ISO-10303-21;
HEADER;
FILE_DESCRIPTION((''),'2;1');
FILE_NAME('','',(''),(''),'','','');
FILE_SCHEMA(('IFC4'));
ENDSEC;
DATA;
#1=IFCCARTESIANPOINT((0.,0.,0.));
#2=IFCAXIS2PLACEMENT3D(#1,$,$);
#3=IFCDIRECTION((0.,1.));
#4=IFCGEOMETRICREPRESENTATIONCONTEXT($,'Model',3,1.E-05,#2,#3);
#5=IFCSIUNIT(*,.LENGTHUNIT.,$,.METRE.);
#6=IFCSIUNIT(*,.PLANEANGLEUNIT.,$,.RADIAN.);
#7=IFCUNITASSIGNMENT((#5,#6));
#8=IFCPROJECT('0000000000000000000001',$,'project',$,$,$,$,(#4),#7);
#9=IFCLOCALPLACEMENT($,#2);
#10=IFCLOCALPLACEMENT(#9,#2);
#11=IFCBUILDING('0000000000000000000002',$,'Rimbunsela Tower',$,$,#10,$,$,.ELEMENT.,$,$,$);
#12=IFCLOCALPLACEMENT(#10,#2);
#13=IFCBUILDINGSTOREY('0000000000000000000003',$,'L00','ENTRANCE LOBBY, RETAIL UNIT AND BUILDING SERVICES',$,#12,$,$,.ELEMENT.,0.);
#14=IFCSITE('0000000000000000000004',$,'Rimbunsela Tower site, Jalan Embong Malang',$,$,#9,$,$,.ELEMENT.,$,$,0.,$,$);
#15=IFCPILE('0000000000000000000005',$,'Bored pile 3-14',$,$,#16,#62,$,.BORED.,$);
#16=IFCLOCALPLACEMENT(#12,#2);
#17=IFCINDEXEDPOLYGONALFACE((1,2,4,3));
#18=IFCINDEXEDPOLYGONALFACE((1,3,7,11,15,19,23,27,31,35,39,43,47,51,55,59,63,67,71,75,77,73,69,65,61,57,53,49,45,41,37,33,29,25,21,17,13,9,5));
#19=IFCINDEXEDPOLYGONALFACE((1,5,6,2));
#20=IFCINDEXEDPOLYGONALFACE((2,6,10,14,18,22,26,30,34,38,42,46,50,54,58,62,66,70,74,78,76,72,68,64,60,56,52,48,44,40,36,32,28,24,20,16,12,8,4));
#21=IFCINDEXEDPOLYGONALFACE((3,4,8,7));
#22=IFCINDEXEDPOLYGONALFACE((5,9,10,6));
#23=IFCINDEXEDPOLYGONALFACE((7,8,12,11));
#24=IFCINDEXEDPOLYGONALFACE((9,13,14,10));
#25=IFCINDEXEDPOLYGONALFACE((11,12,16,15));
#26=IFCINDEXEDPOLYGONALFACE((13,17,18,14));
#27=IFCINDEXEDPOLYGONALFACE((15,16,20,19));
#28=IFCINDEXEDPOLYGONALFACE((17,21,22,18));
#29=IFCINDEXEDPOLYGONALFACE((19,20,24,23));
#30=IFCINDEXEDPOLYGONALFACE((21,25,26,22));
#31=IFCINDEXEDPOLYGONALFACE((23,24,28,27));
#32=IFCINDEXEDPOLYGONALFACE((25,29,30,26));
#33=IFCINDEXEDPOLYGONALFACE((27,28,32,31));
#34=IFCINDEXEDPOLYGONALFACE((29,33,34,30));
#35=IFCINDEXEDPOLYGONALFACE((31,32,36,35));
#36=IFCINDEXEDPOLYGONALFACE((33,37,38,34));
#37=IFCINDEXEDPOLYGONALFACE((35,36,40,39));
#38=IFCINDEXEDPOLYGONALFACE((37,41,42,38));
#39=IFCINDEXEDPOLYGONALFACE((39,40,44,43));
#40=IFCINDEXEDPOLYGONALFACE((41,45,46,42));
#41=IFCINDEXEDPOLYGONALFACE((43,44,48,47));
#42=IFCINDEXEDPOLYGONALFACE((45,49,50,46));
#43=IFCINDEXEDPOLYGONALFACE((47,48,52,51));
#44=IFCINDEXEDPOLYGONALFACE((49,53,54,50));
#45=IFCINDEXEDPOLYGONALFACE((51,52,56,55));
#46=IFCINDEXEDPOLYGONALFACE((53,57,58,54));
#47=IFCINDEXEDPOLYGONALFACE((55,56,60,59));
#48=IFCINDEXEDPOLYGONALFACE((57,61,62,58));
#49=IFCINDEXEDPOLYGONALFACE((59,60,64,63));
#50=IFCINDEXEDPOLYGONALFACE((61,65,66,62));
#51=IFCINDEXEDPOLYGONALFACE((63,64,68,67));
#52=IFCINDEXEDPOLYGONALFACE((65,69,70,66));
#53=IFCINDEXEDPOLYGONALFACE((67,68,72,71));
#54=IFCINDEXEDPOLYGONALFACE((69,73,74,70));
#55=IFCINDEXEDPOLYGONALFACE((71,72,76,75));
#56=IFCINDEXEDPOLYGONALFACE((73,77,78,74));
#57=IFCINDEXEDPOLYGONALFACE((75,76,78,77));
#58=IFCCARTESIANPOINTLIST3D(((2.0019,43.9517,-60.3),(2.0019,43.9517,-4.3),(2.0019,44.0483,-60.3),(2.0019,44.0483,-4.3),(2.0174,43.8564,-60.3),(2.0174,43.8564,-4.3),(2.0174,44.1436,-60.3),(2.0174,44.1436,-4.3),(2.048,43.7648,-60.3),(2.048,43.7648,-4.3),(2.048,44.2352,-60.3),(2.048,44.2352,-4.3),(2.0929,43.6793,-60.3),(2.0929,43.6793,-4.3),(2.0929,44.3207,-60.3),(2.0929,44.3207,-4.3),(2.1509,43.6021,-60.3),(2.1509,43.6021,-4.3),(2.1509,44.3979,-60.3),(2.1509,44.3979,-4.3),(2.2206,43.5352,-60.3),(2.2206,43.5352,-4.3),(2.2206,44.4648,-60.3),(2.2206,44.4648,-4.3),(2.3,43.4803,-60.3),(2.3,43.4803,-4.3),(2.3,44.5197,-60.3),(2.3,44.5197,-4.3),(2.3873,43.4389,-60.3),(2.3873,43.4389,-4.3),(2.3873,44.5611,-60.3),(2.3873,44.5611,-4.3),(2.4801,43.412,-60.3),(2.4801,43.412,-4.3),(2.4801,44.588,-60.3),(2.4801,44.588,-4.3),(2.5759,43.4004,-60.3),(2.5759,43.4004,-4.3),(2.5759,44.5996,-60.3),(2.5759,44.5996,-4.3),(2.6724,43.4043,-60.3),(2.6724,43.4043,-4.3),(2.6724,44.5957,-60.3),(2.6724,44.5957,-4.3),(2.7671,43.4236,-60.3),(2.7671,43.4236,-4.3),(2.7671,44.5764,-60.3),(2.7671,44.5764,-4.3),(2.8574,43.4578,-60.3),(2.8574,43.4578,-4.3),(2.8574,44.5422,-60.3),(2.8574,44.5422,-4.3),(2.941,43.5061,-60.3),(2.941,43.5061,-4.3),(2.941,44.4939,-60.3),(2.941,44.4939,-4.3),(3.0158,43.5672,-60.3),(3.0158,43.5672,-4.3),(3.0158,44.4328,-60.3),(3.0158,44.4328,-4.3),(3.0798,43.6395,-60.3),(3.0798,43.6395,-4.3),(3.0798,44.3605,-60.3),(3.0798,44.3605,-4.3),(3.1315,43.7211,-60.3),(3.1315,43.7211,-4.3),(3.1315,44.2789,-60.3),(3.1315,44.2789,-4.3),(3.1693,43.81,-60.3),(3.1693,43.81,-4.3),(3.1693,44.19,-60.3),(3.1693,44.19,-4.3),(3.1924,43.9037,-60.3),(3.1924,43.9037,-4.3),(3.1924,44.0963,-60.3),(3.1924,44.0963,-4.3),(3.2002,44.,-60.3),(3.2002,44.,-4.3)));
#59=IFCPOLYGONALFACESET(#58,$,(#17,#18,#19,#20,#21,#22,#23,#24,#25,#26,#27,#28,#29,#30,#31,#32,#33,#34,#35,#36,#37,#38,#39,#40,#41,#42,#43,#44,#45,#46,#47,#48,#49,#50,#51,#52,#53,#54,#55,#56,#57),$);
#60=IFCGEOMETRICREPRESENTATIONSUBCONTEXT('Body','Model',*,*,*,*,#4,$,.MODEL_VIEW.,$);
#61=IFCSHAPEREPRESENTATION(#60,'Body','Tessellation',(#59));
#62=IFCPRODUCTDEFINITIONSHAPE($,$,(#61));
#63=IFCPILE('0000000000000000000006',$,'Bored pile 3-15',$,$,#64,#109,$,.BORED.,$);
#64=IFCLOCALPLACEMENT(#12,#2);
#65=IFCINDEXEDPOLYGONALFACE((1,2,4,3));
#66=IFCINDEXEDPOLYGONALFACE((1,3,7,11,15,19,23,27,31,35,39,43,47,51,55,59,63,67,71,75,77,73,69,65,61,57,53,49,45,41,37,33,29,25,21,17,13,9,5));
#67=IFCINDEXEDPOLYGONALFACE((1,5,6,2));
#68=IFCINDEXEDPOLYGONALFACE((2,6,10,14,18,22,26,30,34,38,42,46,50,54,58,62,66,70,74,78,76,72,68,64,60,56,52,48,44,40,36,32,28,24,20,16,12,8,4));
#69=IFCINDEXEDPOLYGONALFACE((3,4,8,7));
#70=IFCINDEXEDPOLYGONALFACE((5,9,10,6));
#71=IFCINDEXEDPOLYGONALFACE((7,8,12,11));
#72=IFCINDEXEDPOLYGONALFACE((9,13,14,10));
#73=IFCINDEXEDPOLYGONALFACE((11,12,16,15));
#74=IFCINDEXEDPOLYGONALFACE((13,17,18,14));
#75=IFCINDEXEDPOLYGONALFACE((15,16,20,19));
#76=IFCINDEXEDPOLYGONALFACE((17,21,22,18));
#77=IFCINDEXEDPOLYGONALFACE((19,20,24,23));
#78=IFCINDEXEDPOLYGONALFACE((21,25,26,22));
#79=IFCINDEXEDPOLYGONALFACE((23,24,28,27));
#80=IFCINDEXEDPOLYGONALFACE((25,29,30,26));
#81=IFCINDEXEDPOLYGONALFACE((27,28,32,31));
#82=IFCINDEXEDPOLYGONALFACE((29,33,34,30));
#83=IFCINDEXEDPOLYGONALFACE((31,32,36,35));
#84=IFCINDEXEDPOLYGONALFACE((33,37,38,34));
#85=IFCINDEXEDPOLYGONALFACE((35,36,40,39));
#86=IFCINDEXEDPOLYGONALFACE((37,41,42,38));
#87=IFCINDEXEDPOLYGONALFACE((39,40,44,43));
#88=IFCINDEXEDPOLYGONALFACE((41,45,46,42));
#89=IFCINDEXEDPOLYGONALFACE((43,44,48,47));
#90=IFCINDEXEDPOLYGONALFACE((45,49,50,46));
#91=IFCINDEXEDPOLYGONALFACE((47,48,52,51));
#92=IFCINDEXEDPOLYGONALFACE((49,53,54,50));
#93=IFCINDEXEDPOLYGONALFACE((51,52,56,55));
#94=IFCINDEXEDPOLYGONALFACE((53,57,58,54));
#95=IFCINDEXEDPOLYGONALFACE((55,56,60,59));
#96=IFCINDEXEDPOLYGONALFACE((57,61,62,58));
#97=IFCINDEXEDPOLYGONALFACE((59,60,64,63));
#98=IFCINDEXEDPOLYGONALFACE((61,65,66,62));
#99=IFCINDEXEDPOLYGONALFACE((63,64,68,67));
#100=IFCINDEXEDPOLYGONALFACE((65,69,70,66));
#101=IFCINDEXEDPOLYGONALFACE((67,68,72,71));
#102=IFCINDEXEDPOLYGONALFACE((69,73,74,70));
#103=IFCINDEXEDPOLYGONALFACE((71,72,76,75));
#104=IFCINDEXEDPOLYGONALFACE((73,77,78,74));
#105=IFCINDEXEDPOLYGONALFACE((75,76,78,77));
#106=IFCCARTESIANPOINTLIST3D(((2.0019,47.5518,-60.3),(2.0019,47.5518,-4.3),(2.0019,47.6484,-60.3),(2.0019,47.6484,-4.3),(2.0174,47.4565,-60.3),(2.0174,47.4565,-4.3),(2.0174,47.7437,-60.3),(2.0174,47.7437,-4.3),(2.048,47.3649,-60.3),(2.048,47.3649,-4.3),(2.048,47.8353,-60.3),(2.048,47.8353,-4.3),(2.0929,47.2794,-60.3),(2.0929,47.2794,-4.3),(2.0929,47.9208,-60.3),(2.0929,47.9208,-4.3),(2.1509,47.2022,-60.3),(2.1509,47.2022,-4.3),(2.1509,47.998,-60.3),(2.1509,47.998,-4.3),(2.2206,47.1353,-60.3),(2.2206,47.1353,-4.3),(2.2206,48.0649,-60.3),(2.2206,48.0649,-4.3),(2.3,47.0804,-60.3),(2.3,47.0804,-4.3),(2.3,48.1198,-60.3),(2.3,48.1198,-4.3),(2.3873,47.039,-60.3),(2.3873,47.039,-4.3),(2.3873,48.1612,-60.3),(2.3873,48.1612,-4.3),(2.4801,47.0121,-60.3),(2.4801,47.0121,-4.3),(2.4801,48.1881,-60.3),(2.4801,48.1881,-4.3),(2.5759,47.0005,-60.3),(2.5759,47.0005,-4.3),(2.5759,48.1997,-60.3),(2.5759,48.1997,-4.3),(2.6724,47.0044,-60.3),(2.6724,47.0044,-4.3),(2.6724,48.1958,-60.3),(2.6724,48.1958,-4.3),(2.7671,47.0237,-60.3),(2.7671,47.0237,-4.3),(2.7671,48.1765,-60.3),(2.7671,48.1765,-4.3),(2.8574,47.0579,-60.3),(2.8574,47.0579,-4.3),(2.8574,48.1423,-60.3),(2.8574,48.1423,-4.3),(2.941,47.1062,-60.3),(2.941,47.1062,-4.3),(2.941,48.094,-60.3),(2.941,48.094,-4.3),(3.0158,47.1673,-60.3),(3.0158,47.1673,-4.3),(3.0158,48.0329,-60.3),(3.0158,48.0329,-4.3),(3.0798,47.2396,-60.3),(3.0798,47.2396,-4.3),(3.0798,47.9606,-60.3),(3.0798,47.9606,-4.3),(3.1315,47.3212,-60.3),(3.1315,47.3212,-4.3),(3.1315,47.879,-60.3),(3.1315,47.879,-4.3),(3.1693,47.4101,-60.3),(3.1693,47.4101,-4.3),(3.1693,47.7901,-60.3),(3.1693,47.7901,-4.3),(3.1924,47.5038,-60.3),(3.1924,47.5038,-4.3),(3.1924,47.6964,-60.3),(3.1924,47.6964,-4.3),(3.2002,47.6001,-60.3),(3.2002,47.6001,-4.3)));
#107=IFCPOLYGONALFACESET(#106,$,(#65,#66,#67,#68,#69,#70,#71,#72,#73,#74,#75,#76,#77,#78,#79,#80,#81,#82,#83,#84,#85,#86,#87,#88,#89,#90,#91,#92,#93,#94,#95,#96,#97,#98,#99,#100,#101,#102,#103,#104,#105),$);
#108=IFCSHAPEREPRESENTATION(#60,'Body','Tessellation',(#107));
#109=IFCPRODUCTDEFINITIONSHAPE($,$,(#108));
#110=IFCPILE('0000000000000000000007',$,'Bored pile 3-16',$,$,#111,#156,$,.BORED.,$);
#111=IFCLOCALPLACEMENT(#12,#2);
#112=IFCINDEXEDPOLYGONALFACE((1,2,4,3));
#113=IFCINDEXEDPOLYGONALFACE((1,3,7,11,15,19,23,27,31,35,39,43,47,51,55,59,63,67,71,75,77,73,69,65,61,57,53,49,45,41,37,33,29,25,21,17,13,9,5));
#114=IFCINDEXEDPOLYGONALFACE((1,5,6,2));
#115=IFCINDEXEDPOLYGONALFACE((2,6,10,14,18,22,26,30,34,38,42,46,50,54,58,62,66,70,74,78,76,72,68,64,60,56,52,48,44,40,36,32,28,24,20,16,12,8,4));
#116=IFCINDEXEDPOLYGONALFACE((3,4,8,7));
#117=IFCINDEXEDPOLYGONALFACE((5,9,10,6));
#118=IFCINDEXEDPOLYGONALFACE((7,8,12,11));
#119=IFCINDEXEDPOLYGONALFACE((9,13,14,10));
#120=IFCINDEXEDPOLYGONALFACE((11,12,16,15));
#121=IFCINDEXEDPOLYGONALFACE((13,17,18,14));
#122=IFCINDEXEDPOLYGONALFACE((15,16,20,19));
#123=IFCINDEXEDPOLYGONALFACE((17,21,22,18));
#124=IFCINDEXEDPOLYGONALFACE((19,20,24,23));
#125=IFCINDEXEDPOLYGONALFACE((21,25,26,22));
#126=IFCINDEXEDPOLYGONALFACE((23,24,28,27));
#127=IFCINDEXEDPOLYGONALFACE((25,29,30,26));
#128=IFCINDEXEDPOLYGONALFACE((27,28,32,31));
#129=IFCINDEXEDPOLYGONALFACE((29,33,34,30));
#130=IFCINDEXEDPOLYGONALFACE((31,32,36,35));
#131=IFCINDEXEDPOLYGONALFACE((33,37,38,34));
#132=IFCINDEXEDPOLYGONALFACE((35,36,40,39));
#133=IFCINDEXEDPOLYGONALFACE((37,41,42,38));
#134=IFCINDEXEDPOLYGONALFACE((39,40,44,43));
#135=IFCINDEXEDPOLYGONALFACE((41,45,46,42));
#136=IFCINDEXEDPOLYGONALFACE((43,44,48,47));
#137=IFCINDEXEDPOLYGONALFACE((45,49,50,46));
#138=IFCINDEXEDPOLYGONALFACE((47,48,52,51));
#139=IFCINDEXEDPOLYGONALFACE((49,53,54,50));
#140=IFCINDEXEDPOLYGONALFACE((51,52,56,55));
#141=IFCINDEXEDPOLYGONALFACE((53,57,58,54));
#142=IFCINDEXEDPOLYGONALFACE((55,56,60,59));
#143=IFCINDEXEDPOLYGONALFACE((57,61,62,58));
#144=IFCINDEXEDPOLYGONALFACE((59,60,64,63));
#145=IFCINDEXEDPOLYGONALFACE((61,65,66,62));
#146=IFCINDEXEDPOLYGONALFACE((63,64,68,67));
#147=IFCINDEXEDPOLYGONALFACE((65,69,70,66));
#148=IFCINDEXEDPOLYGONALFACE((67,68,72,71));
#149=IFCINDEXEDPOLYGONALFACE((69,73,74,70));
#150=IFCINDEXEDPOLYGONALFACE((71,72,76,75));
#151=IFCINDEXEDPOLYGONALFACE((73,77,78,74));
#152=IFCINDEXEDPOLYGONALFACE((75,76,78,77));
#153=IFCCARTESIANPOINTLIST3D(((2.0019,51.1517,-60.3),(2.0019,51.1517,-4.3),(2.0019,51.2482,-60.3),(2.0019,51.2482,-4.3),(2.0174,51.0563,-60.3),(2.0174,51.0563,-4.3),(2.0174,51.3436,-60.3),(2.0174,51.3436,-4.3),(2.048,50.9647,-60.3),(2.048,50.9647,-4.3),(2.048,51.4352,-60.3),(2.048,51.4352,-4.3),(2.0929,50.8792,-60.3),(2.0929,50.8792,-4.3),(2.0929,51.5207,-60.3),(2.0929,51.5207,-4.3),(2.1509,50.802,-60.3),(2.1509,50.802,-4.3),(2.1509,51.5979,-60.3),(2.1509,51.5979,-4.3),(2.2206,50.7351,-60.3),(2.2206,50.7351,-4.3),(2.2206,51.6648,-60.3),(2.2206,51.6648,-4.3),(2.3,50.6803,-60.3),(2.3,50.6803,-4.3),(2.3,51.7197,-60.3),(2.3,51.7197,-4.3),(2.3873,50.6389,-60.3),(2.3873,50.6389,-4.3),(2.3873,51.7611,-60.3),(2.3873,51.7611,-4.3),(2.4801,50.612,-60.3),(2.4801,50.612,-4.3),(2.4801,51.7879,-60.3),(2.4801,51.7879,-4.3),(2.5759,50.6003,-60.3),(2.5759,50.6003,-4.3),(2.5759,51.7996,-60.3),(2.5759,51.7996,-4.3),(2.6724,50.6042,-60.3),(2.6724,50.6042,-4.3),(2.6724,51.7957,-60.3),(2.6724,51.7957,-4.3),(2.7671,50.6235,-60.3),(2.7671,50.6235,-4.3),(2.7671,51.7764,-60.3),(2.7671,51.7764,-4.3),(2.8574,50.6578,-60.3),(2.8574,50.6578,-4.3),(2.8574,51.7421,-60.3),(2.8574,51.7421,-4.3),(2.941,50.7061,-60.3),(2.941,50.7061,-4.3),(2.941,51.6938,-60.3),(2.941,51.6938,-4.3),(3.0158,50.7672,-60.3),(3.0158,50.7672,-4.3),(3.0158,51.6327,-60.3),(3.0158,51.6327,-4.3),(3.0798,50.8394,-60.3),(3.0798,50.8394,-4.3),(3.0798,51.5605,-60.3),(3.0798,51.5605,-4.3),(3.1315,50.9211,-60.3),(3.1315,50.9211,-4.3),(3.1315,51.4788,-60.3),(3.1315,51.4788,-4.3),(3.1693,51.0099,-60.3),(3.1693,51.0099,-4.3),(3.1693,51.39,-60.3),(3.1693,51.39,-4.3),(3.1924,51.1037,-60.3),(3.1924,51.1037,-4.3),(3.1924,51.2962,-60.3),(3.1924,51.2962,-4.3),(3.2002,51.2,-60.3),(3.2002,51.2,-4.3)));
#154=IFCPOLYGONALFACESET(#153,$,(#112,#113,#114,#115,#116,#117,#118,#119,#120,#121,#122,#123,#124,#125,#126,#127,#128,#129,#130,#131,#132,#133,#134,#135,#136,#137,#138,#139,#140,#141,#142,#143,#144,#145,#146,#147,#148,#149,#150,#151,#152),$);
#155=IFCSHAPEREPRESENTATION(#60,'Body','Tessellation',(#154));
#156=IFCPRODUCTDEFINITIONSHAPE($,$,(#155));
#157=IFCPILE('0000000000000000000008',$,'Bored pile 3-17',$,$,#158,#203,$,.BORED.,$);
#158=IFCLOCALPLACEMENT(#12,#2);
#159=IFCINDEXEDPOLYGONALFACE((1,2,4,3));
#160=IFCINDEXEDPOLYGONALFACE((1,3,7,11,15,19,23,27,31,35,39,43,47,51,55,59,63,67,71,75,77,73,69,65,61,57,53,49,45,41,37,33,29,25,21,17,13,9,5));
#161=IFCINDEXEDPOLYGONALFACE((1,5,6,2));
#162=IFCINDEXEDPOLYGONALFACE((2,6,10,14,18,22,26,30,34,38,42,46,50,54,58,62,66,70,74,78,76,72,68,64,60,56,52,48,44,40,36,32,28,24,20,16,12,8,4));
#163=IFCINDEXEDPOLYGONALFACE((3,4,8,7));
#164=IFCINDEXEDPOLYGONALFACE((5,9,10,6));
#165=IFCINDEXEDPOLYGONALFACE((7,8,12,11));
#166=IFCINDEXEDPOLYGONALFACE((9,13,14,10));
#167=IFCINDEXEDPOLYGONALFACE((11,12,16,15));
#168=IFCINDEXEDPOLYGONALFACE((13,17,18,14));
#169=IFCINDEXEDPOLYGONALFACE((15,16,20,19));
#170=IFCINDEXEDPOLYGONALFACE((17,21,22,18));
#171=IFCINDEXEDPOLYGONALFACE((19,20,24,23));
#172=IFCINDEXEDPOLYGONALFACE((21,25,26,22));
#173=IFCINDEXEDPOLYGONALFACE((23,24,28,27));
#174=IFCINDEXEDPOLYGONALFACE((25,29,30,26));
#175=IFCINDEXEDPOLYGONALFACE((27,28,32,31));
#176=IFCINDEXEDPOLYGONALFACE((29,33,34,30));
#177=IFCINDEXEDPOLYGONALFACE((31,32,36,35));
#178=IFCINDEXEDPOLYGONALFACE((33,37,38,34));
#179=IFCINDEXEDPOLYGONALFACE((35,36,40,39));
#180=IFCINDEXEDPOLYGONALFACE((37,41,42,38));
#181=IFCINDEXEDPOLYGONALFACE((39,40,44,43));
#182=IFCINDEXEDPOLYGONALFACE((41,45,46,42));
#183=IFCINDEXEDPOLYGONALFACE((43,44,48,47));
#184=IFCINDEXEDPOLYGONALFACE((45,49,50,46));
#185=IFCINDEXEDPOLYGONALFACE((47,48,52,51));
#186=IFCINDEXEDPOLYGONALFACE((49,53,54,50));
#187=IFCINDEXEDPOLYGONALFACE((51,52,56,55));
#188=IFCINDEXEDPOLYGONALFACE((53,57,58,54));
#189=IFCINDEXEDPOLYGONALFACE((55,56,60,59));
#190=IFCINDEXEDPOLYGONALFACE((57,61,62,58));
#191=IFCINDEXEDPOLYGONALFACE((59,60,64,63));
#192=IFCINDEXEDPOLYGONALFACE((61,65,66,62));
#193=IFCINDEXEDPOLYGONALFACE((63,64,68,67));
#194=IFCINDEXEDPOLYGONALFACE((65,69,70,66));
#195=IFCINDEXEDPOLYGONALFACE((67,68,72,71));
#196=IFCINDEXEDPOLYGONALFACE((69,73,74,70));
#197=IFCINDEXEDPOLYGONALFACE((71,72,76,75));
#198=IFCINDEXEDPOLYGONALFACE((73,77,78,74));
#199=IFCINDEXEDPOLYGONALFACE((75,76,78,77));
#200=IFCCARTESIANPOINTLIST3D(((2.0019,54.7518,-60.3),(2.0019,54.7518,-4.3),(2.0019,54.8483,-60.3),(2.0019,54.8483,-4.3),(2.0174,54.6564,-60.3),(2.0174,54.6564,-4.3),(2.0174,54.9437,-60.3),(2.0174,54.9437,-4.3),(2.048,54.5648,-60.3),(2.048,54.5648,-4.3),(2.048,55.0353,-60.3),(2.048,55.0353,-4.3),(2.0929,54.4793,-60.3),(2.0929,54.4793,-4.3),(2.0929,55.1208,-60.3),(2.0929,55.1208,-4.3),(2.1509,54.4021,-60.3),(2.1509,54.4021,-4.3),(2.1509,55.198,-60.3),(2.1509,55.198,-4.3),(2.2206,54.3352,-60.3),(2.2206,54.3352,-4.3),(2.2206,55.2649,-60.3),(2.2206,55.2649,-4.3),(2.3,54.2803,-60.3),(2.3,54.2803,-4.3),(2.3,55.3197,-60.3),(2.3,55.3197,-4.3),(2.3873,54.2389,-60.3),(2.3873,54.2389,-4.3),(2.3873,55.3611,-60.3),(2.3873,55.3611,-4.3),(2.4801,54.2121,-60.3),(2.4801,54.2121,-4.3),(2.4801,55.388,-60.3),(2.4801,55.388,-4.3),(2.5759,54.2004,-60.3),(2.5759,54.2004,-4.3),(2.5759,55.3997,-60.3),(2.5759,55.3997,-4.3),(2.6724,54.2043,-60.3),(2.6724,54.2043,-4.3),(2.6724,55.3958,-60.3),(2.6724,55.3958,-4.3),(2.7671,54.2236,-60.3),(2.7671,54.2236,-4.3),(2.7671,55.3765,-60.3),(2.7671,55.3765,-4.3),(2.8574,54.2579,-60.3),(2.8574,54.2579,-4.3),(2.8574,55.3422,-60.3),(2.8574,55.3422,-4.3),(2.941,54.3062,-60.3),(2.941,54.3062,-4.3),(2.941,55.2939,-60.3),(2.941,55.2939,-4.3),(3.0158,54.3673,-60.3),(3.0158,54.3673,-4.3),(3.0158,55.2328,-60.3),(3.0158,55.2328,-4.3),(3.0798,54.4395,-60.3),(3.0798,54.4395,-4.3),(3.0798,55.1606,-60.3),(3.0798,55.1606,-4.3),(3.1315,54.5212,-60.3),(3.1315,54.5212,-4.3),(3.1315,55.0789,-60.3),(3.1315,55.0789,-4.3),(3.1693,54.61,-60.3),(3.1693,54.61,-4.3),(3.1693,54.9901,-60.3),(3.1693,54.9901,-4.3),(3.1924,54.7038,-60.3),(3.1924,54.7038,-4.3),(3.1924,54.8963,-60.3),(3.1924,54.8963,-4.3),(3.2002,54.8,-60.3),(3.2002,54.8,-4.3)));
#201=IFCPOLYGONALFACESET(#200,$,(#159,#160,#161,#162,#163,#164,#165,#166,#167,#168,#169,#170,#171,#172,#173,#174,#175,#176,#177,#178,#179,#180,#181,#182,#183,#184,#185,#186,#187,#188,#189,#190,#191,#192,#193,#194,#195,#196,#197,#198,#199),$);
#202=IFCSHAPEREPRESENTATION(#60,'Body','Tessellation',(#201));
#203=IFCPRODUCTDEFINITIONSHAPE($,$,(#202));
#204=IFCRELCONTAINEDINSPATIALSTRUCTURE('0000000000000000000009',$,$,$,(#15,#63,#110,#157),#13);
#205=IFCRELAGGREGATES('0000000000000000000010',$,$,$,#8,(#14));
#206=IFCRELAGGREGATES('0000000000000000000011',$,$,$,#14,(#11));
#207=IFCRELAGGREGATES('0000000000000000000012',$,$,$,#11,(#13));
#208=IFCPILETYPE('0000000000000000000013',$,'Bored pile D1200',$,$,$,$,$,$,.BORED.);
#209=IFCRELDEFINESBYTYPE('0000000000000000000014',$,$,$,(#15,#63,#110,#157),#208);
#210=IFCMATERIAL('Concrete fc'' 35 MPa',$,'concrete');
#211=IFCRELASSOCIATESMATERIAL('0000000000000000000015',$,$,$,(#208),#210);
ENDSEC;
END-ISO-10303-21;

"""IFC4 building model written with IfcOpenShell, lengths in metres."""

from ifc_helpers import new_model, si_unit, direction, frame, origin, origin_2d, place, context, subcontext, project, spatial, circle, extrude, material, material_profile, profile_set, type_object, element, save


model = new_model("IFC4")

# Units and contexts
model_context = context("Model", 3, precision=1e-05, world=origin(), true_north=direction((0.0, 1.0)))
body_context = subcontext(model_context, "Body", "Model", "MODEL_VIEW")
ifc_project = project(units=[si_unit("LENGTHUNIT", "METRE"), si_unit("PLANEANGLEUNIT", "RADIAN")], contexts=[model_context])

# Site, building, storey
site_placement = place(None, origin())
site = spatial("IfcSite", under=ifc_project, at=site_placement, Name="Rimbunsela Tower site, Jalan Embong Malang", CompositionType="ELEMENT", RefElevation=0.0)
building_placement = place(site_placement, origin())
building = spatial("IfcBuilding", under=site, at=building_placement, Name="Rimbunsela Tower", CompositionType="ELEMENT")
storey_placement = place(building_placement, origin())
storey = spatial("IfcBuildingStorey", under=building, at=storey_placement, Name="L00", Description="ENTRANCE LOBBY, RETAIL UNIT AND BUILDING SERVICES", CompositionType="ELEMENT", Elevation=0.0)

# Piles
ifc_material_1 = material(Name="Concrete fc' 35 MPa", Category="concrete")
ifc_material_profile_1 = material_profile(ifc_material_1, circle(Radius=0.6001, at=origin_2d()), Name="BP D1200")
ifc_profile_set_1 = profile_set([ifc_material_profile_1], Name="Concrete fc' 35 MPa")
pile_type = type_object("IfcPileType", Name="Bored pile D1200", PredefinedType="BORED", material=ifc_profile_set_1)
for number, where, z_axis, x_axis, name in (
    (1, (2.6001, 44.0, -4.3), (0.0, 0.0, -1.0), (1.0, 0.0, 0.0), "Bored pile 3-14"),
    (2, (2.6001, 47.6001, -4.3), (0.0, 0.0, -1.0), (1.0, 0.0, 0.0), "Bored pile 3-15"),
    (3, (2.6001, 51.2, -4.3), (0.0, 0.0, -1.0), (1.0, 0.0, 0.0), "Bored pile 3-16"),
    (4, (2.6001, 54.8, -4.3), (0.0, 0.0, -1.0), (1.0, 0.0, 0.0), "Bored pile 3-17"),
):
    element("IfcPile", number, at=place(storey_placement, frame(where, z_axis=z_axis, x_axis=x_axis)), inside=storey, type_object=pile_type, Name=name, PredefinedType="BORED", context=body_context, shape_type="SweptSolid", body=[
        extrude(circle(Radius=0.6001, at=origin_2d()), origin(), (0.0, 0.0, 1.0), 56.0),
    ])

save(model, "model.ifc")
